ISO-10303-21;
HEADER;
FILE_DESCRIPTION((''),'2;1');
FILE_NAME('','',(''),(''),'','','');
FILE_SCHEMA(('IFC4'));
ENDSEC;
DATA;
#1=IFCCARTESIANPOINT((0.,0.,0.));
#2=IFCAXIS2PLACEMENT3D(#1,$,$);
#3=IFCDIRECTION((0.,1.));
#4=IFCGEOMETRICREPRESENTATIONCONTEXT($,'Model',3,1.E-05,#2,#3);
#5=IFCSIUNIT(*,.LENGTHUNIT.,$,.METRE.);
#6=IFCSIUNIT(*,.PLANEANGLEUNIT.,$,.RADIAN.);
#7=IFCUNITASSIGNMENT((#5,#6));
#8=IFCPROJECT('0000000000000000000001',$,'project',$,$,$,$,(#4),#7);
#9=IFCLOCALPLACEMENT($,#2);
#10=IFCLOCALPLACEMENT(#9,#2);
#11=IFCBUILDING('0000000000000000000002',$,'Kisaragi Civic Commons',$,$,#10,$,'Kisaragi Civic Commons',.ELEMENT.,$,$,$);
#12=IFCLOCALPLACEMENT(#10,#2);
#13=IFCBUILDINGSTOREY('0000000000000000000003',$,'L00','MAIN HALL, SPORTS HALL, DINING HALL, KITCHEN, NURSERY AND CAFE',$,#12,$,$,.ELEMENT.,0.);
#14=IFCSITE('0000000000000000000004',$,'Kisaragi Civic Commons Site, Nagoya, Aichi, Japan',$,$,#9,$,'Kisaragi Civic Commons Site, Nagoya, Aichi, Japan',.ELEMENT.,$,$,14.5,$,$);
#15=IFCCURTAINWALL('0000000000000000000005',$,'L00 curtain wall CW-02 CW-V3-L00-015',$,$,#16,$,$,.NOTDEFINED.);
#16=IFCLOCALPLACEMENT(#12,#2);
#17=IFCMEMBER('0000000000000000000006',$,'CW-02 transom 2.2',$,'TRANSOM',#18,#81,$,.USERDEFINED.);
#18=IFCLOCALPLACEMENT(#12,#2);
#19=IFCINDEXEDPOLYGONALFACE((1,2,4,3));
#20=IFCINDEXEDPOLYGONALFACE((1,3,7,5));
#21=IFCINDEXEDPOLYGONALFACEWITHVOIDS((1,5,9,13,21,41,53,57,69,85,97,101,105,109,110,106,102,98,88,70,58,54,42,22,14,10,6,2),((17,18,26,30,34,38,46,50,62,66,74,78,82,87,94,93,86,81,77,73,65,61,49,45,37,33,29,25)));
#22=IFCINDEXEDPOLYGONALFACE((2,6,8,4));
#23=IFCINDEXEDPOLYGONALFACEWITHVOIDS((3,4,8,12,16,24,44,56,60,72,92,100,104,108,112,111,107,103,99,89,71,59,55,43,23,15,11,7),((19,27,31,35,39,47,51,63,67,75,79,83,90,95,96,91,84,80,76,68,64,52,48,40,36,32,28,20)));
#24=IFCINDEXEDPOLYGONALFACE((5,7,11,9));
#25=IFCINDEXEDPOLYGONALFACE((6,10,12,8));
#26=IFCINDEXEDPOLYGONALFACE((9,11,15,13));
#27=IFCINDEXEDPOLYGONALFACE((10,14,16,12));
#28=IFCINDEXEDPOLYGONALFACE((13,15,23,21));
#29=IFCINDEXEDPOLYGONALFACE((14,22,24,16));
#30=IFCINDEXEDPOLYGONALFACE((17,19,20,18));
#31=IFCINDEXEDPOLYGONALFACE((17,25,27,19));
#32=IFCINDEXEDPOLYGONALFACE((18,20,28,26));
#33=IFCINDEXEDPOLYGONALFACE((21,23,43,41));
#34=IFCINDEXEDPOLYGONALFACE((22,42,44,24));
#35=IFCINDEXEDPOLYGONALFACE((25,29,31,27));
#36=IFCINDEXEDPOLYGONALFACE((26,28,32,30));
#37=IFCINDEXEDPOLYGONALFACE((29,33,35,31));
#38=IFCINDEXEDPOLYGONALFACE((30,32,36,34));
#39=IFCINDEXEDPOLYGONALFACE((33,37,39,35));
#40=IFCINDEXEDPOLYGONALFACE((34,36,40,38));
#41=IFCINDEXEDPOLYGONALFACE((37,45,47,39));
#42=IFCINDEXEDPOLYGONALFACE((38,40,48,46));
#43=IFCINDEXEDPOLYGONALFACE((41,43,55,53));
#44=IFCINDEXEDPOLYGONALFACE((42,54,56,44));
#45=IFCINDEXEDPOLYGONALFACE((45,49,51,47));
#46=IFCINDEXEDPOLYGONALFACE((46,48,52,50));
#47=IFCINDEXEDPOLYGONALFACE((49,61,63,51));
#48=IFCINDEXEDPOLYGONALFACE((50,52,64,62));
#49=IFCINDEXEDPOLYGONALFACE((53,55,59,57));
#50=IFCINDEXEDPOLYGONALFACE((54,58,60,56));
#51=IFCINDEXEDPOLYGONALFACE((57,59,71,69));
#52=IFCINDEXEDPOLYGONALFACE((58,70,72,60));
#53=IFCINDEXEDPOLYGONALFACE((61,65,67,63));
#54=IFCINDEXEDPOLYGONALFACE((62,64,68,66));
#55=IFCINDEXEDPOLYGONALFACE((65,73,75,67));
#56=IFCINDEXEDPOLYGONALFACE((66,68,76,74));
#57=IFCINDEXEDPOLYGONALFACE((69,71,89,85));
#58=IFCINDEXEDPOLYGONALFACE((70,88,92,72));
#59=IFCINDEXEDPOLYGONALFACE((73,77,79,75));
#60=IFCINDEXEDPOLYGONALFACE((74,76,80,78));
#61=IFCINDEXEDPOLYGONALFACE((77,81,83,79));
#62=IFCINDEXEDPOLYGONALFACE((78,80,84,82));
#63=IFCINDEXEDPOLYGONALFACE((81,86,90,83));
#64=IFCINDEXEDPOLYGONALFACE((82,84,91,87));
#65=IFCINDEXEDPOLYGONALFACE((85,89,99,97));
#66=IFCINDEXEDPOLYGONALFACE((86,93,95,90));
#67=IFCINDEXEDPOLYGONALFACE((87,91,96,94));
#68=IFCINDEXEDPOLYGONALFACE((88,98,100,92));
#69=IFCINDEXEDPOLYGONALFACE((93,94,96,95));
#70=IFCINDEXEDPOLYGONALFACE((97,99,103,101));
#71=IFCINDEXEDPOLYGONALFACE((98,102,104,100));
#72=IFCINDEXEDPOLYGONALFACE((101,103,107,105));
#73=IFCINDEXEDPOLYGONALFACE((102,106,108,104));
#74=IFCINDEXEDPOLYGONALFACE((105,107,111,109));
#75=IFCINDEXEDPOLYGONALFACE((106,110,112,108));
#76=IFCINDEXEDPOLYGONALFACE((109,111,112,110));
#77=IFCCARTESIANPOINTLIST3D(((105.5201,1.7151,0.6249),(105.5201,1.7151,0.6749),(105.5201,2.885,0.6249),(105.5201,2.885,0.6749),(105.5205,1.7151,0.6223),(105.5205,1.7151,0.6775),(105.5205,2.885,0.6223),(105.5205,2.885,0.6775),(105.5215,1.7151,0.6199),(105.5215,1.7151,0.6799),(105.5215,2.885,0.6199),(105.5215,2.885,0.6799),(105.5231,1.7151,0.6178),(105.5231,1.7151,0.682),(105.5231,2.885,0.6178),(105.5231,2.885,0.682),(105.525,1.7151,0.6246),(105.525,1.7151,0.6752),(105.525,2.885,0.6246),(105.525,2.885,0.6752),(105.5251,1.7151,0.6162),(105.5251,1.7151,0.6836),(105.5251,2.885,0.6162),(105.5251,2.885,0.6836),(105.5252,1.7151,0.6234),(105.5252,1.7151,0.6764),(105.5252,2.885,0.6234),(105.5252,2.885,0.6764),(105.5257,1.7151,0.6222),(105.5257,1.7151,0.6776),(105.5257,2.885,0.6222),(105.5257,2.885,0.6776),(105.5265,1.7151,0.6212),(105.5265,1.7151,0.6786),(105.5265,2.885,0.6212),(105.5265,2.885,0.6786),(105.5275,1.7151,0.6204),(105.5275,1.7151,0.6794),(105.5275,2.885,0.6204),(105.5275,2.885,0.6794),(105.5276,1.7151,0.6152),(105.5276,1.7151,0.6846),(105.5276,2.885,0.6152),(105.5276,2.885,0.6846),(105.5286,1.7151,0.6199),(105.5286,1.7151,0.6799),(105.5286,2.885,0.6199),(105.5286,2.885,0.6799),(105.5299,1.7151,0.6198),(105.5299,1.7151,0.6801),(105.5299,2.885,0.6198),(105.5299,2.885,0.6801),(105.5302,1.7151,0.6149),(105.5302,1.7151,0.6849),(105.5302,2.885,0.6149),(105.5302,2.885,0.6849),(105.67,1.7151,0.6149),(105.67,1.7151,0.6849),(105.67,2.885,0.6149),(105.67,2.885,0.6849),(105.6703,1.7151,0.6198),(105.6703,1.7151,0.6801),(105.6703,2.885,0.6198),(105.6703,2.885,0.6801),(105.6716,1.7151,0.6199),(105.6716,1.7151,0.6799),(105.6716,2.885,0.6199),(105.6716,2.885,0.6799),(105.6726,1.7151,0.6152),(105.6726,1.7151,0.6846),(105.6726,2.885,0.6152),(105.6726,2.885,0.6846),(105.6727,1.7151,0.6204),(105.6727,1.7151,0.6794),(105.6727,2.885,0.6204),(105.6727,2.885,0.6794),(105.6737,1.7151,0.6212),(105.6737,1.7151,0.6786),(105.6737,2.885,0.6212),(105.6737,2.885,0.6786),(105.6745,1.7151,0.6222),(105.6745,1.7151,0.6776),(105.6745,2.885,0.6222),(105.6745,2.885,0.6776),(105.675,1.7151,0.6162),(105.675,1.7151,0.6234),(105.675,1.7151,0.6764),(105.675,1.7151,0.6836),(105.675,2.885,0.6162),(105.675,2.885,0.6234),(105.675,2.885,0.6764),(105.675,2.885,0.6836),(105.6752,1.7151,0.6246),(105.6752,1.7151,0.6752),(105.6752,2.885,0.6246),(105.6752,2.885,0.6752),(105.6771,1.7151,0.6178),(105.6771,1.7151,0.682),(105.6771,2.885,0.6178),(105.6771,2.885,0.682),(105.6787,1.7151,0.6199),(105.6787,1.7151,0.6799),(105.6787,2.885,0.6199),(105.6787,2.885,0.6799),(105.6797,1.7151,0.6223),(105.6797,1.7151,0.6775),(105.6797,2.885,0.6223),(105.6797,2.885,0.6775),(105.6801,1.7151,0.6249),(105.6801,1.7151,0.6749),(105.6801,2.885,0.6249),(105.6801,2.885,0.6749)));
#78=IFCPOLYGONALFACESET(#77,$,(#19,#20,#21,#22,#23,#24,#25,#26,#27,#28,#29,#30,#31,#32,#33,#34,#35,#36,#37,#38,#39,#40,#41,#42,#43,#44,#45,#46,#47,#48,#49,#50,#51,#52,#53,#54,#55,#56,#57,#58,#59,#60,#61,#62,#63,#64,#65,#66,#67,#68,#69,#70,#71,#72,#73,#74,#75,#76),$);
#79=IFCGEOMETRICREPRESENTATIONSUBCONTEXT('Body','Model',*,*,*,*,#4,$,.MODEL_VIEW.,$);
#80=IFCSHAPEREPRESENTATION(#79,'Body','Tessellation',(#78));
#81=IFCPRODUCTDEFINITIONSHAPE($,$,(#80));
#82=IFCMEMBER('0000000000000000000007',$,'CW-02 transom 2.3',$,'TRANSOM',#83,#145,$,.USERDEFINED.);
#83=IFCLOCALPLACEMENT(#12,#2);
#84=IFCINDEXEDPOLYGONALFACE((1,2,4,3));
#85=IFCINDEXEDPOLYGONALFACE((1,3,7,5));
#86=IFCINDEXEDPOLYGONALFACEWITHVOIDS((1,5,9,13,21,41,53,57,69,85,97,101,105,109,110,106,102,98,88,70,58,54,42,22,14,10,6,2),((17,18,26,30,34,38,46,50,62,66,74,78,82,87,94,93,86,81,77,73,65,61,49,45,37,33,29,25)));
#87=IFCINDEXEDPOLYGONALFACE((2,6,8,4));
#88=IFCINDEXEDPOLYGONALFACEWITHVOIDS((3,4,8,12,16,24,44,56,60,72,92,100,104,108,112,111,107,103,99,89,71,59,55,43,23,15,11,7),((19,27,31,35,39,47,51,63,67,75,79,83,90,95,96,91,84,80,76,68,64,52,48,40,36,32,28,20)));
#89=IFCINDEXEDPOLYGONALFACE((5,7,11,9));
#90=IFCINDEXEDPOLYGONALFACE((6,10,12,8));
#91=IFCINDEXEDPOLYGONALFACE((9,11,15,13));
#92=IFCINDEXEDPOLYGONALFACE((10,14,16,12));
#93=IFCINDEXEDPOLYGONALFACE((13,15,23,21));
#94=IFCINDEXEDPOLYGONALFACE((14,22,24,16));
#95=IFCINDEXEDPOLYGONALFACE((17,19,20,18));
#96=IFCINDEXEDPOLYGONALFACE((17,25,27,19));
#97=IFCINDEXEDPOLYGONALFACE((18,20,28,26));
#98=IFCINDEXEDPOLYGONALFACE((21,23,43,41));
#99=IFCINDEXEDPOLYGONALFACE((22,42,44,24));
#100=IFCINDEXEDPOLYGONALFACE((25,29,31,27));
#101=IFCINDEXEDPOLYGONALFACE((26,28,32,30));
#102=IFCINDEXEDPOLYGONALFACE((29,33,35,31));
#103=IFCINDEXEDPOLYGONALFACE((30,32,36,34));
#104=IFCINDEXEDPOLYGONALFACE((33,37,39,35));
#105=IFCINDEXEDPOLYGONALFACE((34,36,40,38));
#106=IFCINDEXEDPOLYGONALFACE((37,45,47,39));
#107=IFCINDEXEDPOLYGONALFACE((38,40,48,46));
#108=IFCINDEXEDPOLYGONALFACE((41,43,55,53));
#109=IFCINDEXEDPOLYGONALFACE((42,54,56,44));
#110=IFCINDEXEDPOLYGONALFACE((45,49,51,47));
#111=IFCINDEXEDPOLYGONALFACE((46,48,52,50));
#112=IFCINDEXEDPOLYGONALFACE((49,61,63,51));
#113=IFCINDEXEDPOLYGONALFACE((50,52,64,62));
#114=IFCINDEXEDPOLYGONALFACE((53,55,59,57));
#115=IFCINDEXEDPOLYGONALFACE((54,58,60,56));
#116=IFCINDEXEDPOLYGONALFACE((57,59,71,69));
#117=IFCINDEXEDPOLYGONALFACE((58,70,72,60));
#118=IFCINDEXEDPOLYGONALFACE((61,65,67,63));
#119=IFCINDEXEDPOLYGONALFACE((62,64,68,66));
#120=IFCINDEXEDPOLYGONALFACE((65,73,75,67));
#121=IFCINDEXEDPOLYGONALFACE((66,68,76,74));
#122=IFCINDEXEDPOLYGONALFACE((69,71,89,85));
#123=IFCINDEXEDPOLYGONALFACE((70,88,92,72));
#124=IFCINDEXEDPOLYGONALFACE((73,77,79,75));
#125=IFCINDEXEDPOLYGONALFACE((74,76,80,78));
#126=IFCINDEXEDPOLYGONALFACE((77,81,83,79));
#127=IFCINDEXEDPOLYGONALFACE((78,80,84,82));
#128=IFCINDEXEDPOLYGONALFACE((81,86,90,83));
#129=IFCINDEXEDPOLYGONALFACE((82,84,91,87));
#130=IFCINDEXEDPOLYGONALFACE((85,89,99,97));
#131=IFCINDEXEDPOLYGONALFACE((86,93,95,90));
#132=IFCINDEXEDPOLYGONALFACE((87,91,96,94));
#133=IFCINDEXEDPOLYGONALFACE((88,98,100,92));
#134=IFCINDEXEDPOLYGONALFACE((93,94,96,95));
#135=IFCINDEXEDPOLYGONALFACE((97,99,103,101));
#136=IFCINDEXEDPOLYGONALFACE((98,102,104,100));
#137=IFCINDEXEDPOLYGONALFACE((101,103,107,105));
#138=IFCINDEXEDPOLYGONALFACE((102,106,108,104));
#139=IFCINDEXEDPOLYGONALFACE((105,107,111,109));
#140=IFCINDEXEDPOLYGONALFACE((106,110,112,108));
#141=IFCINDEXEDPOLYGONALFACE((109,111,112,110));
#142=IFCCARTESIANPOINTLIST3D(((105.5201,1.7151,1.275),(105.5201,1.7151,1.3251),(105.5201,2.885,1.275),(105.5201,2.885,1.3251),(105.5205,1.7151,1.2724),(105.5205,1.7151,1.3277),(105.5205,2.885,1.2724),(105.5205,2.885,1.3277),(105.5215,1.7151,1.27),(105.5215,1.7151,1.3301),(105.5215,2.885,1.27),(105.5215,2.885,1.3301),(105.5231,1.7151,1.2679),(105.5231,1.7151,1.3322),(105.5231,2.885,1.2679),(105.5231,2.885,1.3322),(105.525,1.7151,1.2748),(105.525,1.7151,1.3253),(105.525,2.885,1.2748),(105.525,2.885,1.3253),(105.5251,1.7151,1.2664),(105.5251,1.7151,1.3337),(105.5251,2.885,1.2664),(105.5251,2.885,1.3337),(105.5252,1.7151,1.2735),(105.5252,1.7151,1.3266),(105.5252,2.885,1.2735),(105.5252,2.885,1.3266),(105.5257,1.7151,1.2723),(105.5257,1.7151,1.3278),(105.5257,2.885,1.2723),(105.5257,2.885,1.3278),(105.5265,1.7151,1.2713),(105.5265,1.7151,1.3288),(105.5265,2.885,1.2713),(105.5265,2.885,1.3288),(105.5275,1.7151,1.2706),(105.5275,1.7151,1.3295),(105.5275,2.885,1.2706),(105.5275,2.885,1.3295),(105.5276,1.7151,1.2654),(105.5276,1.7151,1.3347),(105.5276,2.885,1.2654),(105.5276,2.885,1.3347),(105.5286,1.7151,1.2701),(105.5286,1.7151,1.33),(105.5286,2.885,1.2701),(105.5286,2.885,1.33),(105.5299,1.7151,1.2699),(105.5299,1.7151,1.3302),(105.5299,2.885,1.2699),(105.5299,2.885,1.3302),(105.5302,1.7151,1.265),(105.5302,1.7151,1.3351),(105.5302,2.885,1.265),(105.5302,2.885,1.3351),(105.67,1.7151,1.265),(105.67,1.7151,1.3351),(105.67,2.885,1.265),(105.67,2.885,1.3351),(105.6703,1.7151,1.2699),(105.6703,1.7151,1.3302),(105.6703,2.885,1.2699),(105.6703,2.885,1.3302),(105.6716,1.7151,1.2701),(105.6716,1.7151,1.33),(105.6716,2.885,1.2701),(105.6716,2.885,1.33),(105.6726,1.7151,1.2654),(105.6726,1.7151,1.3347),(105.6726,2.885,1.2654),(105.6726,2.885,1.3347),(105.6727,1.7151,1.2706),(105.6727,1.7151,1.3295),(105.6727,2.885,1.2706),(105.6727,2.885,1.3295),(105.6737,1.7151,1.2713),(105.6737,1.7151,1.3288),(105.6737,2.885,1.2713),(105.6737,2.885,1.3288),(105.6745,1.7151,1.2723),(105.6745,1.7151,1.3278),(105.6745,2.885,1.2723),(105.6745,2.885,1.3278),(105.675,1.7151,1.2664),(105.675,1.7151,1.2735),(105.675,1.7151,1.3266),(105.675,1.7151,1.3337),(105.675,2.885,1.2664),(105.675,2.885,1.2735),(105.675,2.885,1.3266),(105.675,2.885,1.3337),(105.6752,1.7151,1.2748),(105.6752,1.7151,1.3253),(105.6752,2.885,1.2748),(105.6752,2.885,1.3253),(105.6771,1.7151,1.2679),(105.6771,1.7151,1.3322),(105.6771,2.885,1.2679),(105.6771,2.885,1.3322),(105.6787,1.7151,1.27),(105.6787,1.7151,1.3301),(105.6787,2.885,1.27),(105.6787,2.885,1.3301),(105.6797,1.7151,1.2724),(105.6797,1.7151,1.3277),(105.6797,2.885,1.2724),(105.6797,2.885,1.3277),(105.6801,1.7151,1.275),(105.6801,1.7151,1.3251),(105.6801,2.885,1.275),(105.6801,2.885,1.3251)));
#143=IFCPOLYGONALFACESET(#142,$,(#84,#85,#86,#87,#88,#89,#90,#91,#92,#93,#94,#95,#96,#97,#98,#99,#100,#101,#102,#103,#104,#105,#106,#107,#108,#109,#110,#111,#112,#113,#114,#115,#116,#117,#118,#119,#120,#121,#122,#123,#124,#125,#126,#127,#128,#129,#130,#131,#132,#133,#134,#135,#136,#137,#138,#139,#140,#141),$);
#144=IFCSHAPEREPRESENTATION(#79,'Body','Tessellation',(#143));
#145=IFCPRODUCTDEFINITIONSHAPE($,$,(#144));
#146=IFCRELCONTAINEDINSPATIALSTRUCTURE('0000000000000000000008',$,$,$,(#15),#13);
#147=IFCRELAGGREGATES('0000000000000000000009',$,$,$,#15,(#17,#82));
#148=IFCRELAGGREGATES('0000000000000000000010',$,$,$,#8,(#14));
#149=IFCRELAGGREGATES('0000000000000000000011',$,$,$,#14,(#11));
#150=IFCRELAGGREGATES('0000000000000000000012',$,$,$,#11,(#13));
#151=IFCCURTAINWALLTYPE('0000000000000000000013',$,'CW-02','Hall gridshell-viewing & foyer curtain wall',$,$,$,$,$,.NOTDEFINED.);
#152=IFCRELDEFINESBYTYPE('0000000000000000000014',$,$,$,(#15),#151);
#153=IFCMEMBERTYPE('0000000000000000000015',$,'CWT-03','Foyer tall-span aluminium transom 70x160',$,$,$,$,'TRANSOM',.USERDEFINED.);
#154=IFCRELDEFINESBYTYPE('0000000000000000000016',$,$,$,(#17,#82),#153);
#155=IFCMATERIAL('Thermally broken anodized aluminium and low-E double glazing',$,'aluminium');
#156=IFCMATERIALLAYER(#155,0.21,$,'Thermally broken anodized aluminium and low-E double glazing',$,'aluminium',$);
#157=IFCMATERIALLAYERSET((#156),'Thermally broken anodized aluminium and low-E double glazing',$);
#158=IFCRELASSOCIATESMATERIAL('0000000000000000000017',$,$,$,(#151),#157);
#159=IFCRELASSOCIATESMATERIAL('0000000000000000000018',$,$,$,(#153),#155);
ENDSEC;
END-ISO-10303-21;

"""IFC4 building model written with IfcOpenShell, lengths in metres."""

from ifc_helpers import new_model, si_unit, direction, frame, origin, origin_2d, place, context, subcontext, project, spatial, hollow_rectangle, extrude, material, layer, layer_set, material_profile, profile_set, type_object, element, aggregate, save


model = new_model("IFC4")

# Units and contexts
model_context = context("Model", 3, precision=1e-05, world=origin(), true_north=direction((0.0, 1.0)))
body_context = subcontext(model_context, "Body", "Model", "MODEL_VIEW")
ifc_project = project(units=[si_unit("LENGTHUNIT", "METRE"), si_unit("PLANEANGLEUNIT", "RADIAN")], contexts=[model_context])

# Site, building, storey
site_placement = place(None, origin())
site = spatial("IfcSite", under=ifc_project, at=site_placement, Name="Kisaragi Civic Commons Site, Nagoya, Aichi, Japan", LongName="Kisaragi Civic Commons Site, Nagoya, Aichi, Japan", CompositionType="ELEMENT", RefElevation=14.5)
building_placement = place(site_placement, origin())
building = spatial("IfcBuilding", under=site, at=building_placement, Name="Kisaragi Civic Commons", LongName="Kisaragi Civic Commons", CompositionType="ELEMENT")
storey_placement = place(building_placement, origin())
storey = spatial("IfcBuildingStorey", under=building, at=storey_placement, Name="L00", Description="MAIN HALL, SPORTS HALL, DINING HALL, KITCHEN, NURSERY AND CAFE", CompositionType="ELEMENT", Elevation=0.0)

# Curtain wall
ifc_material_1 = material(Name="Thermally broken anodized aluminium and low-E double glazing", Category="aluminium")
ifc_layer_1 = layer(ifc_material_1, 0.21, Name="Thermally broken anodized aluminium and low-E double glazing", Category="aluminium")
ifc_layer_set_1 = layer_set([ifc_layer_1], Name="Thermally broken anodized aluminium and low-E double glazing")
curtain_wall_type = type_object("IfcCurtainWallType", Name="CW-02", Description="Hall gridshell-viewing & foyer curtain wall", PredefinedType="NOTDEFINED", material=ifc_layer_set_1)
curtain_wall_1_placement = place(storey_placement, origin())
curtain_wall_1 = element("IfcCurtainWall", 1, at=curtain_wall_1_placement, inside=storey, type_object=curtain_wall_type, Name="L00 curtain wall CW-02 CW-V3-L00-015", PredefinedType="NOTDEFINED")

# Members
ifc_material_profile_1 = material_profile(ifc_material_1, hollow_rectangle(XDim=0.1599, YDim=0.0701, WallThickness=0.0049, InnerFilletRadius=0.0049, OuterFilletRadius=0.01, at=origin_2d()), Name="CWT-70x160x5", Category="aluminium")
ifc_profile_set_1 = profile_set([ifc_material_profile_1], Name="Thermally broken anodized aluminium and low-E double glazing")
member_type_1 = type_object("IfcMemberType", Name="CWT-03", Description="Foyer tall-span aluminium transom 70x160", ElementType="TRANSOM", PredefinedType="USERDEFINED", material=ifc_profile_set_1)
member_1_placement = place(storey_placement, frame((105.6001, 1.7151, 0.6499), z_axis=(0.0, 1.0, 0.0), x_axis=(-1.0, 0.0, 0.0)))
member_1 = element("IfcMember", 2, at=member_1_placement, type_object=member_type_1, Name="CW-02 transom 2.2", ObjectType="TRANSOM", PredefinedType="USERDEFINED", context=body_context, shape_type="SweptSolid", body=[
    extrude(hollow_rectangle(XDim=0.1599, YDim=0.0701, WallThickness=0.0049, InnerFilletRadius=0.0049, OuterFilletRadius=0.01, at=origin_2d()), origin(), (0.0, 0.0, 1.0), 1.1699),
])
member_2_placement = place(storey_placement, frame((105.6001, 1.7151, 1.3), z_axis=(0.0, 1.0, 0.0), x_axis=(-1.0, 0.0, 0.0)))
member_2 = element("IfcMember", 3, at=member_2_placement, type_object=member_type_1, Name="CW-02 transom 2.3", ObjectType="TRANSOM", PredefinedType="USERDEFINED", context=body_context, shape_type="SweptSolid", body=[
    extrude(hollow_rectangle(XDim=0.1599, YDim=0.0701, WallThickness=0.0049, InnerFilletRadius=0.0049, OuterFilletRadius=0.01, at=origin_2d()), origin(), (0.0, 0.0, 1.0), 1.1699),
])

aggregate(curtain_wall_1, [member_1, member_2])

save(model, "model.ifc")
